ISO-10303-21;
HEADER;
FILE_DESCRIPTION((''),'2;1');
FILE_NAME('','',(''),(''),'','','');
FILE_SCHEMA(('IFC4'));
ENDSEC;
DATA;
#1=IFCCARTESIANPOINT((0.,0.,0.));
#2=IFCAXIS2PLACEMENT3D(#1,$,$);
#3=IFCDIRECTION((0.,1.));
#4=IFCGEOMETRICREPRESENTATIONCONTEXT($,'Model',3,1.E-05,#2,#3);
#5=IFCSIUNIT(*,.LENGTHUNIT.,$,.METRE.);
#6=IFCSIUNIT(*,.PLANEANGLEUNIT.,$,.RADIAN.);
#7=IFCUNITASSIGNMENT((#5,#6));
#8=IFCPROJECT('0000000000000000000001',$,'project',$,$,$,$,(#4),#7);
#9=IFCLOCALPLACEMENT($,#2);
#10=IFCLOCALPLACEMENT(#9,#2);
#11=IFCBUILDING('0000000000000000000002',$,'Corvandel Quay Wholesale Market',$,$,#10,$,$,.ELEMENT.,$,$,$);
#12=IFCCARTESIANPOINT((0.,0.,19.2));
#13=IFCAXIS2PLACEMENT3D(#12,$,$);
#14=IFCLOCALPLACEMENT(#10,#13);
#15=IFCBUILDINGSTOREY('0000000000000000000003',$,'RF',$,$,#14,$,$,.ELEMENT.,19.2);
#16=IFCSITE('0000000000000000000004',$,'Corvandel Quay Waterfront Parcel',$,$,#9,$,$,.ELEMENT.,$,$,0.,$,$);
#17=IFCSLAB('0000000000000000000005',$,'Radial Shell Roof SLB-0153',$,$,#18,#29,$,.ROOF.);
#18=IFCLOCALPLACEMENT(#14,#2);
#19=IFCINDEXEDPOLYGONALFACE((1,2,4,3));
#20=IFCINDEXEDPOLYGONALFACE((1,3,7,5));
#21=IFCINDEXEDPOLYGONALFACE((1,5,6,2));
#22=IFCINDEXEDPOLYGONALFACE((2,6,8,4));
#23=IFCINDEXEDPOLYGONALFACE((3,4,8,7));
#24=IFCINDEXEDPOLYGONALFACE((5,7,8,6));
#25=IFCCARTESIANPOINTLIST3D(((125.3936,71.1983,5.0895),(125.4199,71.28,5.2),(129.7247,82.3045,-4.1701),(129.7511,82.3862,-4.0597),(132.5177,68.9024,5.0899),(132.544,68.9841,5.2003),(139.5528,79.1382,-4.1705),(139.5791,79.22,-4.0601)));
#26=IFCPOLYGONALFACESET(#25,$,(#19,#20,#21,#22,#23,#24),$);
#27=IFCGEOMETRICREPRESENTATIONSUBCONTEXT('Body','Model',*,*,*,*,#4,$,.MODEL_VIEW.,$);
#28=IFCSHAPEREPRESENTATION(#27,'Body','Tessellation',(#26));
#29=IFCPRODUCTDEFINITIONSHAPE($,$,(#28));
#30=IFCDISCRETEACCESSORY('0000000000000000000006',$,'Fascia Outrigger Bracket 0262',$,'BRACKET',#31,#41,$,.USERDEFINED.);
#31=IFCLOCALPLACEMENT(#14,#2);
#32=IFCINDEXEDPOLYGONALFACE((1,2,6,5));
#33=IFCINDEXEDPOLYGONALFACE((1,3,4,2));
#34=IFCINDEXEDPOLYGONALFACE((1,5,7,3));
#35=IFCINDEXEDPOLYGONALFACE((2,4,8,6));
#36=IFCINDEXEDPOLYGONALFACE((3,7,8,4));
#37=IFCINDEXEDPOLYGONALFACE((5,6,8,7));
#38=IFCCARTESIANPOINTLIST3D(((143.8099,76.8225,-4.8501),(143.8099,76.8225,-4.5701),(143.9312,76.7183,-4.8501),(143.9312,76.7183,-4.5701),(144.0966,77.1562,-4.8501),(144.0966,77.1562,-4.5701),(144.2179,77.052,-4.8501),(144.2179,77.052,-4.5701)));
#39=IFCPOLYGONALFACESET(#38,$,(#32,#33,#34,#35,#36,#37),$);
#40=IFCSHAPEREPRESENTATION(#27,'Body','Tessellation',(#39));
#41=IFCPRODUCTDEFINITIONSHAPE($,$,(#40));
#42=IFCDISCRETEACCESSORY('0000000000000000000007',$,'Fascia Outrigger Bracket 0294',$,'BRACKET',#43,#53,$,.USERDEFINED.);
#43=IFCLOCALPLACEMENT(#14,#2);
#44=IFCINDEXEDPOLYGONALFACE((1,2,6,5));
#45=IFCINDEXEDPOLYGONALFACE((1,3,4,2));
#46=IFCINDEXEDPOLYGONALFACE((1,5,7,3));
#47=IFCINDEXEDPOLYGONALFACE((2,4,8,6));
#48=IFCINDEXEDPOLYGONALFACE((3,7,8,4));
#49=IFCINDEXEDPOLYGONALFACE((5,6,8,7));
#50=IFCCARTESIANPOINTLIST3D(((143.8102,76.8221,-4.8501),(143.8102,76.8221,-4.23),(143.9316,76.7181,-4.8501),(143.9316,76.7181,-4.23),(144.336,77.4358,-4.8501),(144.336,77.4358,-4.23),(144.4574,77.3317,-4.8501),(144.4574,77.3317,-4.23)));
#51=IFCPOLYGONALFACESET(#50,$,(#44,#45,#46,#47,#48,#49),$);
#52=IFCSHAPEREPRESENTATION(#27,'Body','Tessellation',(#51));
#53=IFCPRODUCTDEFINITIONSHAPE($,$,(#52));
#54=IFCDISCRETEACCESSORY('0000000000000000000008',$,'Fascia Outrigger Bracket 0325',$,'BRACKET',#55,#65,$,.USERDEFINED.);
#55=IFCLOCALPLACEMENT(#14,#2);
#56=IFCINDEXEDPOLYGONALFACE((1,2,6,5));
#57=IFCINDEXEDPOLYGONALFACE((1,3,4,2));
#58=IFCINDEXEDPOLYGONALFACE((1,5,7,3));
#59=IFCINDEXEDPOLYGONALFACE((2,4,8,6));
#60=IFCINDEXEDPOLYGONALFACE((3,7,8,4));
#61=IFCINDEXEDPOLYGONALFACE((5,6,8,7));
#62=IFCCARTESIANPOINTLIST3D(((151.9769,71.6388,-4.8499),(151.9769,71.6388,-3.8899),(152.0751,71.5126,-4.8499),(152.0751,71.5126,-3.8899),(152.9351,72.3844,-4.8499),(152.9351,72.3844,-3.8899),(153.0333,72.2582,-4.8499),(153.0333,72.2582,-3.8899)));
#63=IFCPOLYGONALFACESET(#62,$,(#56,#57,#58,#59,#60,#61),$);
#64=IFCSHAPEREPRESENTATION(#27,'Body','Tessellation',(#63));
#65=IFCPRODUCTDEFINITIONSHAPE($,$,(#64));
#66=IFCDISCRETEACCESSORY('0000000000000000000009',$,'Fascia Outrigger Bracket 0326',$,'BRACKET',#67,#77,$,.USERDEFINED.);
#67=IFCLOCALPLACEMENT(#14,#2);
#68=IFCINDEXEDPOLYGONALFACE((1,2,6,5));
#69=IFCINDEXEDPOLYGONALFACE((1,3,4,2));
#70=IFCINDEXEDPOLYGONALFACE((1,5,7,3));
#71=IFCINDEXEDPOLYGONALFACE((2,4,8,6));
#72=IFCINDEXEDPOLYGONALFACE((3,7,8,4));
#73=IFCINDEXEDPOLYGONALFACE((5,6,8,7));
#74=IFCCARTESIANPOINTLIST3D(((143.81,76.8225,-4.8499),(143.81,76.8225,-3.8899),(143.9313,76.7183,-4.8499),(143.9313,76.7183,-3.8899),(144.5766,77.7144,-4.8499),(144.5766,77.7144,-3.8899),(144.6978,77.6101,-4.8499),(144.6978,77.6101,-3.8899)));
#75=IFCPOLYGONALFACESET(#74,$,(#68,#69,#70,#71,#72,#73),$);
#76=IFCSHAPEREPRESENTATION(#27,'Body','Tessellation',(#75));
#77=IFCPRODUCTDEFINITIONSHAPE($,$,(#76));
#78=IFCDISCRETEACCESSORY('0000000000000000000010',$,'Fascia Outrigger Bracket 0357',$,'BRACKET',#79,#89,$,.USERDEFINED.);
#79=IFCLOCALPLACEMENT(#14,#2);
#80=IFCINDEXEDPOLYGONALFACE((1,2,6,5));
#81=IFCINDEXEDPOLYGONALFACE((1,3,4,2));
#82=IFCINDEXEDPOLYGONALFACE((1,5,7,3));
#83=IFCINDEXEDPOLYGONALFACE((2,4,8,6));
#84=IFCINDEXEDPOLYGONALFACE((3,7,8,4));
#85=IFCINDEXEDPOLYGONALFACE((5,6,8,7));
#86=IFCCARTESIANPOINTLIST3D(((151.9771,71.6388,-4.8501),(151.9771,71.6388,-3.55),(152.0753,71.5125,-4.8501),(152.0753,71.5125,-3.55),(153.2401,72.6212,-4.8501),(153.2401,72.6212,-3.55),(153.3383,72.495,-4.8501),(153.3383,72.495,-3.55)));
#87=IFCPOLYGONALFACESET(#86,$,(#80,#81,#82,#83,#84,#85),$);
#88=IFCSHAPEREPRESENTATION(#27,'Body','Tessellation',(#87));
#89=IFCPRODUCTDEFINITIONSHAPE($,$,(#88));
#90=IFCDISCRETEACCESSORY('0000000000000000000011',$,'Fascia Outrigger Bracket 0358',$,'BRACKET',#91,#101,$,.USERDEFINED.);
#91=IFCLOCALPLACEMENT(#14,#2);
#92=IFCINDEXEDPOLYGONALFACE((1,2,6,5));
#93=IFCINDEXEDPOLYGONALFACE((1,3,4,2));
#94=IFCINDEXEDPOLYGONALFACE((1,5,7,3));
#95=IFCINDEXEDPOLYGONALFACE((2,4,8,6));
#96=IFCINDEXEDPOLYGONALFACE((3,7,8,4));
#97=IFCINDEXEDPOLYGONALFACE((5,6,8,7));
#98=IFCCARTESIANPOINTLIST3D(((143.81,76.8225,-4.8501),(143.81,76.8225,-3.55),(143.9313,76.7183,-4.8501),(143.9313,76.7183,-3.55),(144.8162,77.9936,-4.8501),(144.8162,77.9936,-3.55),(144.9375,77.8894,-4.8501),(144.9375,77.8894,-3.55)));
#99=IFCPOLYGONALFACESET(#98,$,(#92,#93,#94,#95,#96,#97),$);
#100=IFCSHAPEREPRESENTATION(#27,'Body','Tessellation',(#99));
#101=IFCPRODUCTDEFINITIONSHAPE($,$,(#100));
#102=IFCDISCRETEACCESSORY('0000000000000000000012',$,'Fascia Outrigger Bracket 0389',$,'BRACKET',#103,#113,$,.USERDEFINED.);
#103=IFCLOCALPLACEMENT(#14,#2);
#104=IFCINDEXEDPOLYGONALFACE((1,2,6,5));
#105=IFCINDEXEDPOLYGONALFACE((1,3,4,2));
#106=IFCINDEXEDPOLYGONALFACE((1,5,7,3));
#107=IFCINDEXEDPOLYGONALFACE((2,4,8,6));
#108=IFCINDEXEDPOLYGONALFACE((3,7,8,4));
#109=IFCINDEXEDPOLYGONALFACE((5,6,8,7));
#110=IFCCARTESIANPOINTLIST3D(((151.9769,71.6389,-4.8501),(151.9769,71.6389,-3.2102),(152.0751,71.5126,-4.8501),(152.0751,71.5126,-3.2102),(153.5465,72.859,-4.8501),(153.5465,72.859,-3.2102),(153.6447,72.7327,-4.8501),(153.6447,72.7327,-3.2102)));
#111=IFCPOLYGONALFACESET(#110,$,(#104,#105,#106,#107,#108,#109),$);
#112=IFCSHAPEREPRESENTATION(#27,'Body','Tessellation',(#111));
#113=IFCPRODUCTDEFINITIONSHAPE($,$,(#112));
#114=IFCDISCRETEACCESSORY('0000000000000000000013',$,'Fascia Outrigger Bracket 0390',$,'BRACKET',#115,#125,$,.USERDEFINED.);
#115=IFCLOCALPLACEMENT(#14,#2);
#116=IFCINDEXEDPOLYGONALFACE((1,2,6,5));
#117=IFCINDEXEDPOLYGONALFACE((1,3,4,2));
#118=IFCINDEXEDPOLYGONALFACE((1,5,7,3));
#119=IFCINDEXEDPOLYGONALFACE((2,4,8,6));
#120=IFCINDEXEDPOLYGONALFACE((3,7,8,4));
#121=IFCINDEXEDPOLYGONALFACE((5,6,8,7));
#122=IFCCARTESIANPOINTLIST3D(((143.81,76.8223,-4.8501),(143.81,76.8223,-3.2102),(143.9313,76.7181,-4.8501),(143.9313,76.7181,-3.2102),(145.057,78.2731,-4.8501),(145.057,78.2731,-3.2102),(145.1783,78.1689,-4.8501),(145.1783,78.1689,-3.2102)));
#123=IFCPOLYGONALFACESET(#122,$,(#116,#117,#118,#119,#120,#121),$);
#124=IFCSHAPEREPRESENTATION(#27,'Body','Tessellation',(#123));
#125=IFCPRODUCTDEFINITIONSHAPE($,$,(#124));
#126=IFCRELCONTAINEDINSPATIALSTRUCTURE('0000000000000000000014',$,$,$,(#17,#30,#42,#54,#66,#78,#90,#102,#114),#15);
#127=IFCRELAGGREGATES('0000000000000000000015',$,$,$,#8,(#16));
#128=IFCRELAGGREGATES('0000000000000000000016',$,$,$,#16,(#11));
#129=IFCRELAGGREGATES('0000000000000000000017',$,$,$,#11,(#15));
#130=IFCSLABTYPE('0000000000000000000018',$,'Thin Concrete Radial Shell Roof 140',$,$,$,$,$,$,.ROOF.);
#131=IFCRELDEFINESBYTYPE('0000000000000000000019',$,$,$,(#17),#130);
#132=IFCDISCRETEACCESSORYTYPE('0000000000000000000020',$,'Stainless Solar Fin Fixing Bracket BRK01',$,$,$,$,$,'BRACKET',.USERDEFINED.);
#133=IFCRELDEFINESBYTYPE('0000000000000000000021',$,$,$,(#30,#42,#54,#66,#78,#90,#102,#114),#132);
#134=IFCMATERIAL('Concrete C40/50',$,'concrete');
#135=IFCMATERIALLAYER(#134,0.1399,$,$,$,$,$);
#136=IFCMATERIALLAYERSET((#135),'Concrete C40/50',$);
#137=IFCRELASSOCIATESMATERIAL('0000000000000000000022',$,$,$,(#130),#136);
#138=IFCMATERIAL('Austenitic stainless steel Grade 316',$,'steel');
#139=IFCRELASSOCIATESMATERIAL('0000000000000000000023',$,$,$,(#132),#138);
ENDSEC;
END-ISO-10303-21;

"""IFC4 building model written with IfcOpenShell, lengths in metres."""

from ifc_helpers import new_model, si_unit, direction, frame, origin, origin_2d, place, context, subcontext, project, spatial, polyline, rectangle, outline, extrude, material, layer, layer_set, type_object, element, save


model = new_model("IFC4")

# Units and contexts
model_context = context("Model", 3, precision=1e-05, world=origin(), true_north=direction((0.0, 1.0)))
body_context = subcontext(model_context, "Body", "Model", "MODEL_VIEW")
ifc_project = project(units=[si_unit("LENGTHUNIT", "METRE"), si_unit("PLANEANGLEUNIT", "RADIAN")], contexts=[model_context])

# Site, building, storey
site_placement = place(None, origin())
site = spatial("IfcSite", under=ifc_project, at=site_placement, Name="Corvandel Quay Waterfront Parcel", CompositionType="ELEMENT", RefElevation=0.0)
building_placement = place(site_placement, origin())
building = spatial("IfcBuilding", under=site, at=building_placement, Name="Corvandel Quay Wholesale Market", CompositionType="ELEMENT")
storey_placement = place(building_placement, frame((0.0, 0.0, 19.2)))
storey = spatial("IfcBuildingStorey", under=building, at=storey_placement, Name="RF", CompositionType="ELEMENT", Elevation=19.2)

# Slab
ifc_material_1 = material(Name="Concrete C40/50", Category="concrete")
ifc_layer_1 = layer(ifc_material_1, 0.1399)
ifc_layer_set_1 = layer_set([ifc_layer_1], Name="Concrete C40/50")
slab_type = type_object("IfcSlabType", Name="Thin Concrete Radial Shell Roof 140", PredefinedType="ROOF", material=ifc_layer_set_1)
slab_1_placement = place(storey_placement, frame((139.5791, 79.22, -4.0601), z_axis=(0.188345, 0.58454, 0.789202), x_axis=(-0.951824, 0.306645, 0.000032)))
element("IfcSlab", 1, at=slab_1_placement, inside=storey, type_object=slab_type, Name="Radial Shell Roof SLB-0153", PredefinedType="ROOF", context=body_context, shape_type="SweptSolid", body=[
    extrude(outline(polyline([(0.0, 0.0), (10.3255, 0.0), (11.0426, 15.0776), (3.5577, 15.0785), (0.0, 0.0)])), origin(), (0.0, 0.0, -1.0), 0.1399),
])

# Discrete accessories
ifc_material_2 = material(Name="Austenitic stainless steel Grade 316", Category="steel")
discrete_accessory_type = type_object("IfcDiscreteAccessoryType", Name="Stainless Solar Fin Fixing Bracket BRK01", ElementType="BRACKET", PredefinedType="USERDEFINED", material=ifc_material_2)
discrete_accessory_1_placement = place(storey_placement, frame((144.0139, 76.9373, -4.8501), z_axis=(0.0, 0.0, 1.0), x_axis=(0.651701, 0.758476, 0.0)))
element("IfcDiscreteAccessory", 2, at=discrete_accessory_1_placement, inside=storey, type_object=discrete_accessory_type, Name="Fascia Outrigger Bracket 0262", ObjectType="BRACKET", PredefinedType="USERDEFINED", context=body_context, shape_type="SweptSolid", body=[
    extrude(rectangle(XDim=0.4399, YDim=0.1599, at=origin_2d()), origin(), (0.0, 0.0, 1.0), 0.28),
])
discrete_accessory_2_placement = place(storey_placement, frame((144.1338, 77.0769, -4.8501), z_axis=(0.0, 0.0, 1.0), x_axis=(0.650642, 0.759385, 0.0)))
element("IfcDiscreteAccessory", 3, at=discrete_accessory_2_placement, inside=storey, type_object=discrete_accessory_type, Name="Fascia Outrigger Bracket 0294", ObjectType="BRACKET", PredefinedType="USERDEFINED", context=body_context, shape_type="SweptSolid", body=[
    extrude(rectangle(XDim=0.8081, YDim=0.1599, at=origin_2d()), origin(), (0.0, 0.0, 1.0), 0.6201),
])
discrete_accessory_3_placement = place(storey_placement, frame((152.5051, 71.9485, -4.8499), z_axis=(0.0, 0.0, 1.0), x_axis=(0.789191, 0.614147, 0.0)))
element("IfcDiscreteAccessory", 4, at=discrete_accessory_3_placement, inside=storey, type_object=discrete_accessory_type, Name="Fascia Outrigger Bracket 0325", ObjectType="BRACKET", PredefinedType="USERDEFINED", context=body_context, shape_type="SweptSolid", body=[
    extrude(rectangle(XDim=1.2141, YDim=0.1599, at=origin_2d()), origin(), (0.0, 0.0, 1.0), 0.96),
])
discrete_accessory_4_placement = place(storey_placement, frame((144.2539, 77.2163, -4.8499), z_axis=(0.0, 0.0, 1.0), x_axis=(0.651834, 0.758362, 0.0)))
element("IfcDiscreteAccessory", 5, at=discrete_accessory_4_placement, inside=storey, type_object=discrete_accessory_type, Name="Fascia Outrigger Bracket 0326", ObjectType="BRACKET", PredefinedType="USERDEFINED", context=body_context, shape_type="SweptSolid", body=[
    extrude(rectangle(XDim=1.176, YDim=0.1599, at=origin_2d()), origin(), (0.0, 0.0, 1.0), 0.96),
])
discrete_accessory_5_placement = place(storey_placement, frame((152.6577, 72.0669, -4.8501), z_axis=(0.0, 0.0, 1.0), x_axis=(0.789298, 0.61401, 0.0)))
element("IfcDiscreteAccessory", 6, at=discrete_accessory_5_placement, inside=storey, type_object=discrete_accessory_type, Name="Fascia Outrigger Bracket 0357", ObjectType="BRACKET", PredefinedType="USERDEFINED", context=body_context, shape_type="SweptSolid", body=[
    extrude(rectangle(XDim=1.6001, YDim=0.1599, at=origin_2d()), origin(), (0.0, 0.0, 1.0), 1.3),
])
discrete_accessory_6_placement = place(storey_placement, frame((144.3738, 77.356, -4.8501), z_axis=(0.0, 0.0, 1.0), x_axis=(0.651701, 0.758476, 0.0)))
element("IfcDiscreteAccessory", 7, at=discrete_accessory_6_placement, inside=storey, type_object=discrete_accessory_type, Name="Fascia Outrigger Bracket 0358", ObjectType="BRACKET", PredefinedType="USERDEFINED", context=body_context, shape_type="SweptSolid", body=[
    extrude(rectangle(XDim=1.5439, YDim=0.1599, at=origin_2d()), origin(), (0.0, 0.0, 1.0), 1.3),
])
discrete_accessory_7_placement = place(storey_placement, frame((152.8108, 72.1858, -4.8501), z_axis=(0.0, 0.0, 1.0), x_axis=(0.789513, 0.613734, 0.0)))
element("IfcDiscreteAccessory", 8, at=discrete_accessory_7_placement, inside=storey, type_object=discrete_accessory_type, Name="Fascia Outrigger Bracket 0389", ObjectType="BRACKET", PredefinedType="USERDEFINED", context=body_context, shape_type="SweptSolid", body=[
    extrude(rectangle(XDim=1.988, YDim=0.1599, at=origin_2d()), origin(), (0.0, 0.0, 1.0), 1.6399),
])
discrete_accessory_8_placement = place(storey_placement, frame((144.4941, 77.4956, -4.8501), z_axis=(0.0, 0.0, 1.0), x_axis=(0.651834, 0.758362, 0.0)))
element("IfcDiscreteAccessory", 9, at=discrete_accessory_8_placement, inside=storey, type_object=discrete_accessory_type, Name="Fascia Outrigger Bracket 0390", ObjectType="BRACKET", PredefinedType="USERDEFINED", context=body_context, shape_type="SweptSolid", body=[
    extrude(rectangle(XDim=1.9131, YDim=0.1599, at=origin_2d()), origin(), (0.0, 0.0, 1.0), 1.6399),
])

save(model, "model.ifc")
